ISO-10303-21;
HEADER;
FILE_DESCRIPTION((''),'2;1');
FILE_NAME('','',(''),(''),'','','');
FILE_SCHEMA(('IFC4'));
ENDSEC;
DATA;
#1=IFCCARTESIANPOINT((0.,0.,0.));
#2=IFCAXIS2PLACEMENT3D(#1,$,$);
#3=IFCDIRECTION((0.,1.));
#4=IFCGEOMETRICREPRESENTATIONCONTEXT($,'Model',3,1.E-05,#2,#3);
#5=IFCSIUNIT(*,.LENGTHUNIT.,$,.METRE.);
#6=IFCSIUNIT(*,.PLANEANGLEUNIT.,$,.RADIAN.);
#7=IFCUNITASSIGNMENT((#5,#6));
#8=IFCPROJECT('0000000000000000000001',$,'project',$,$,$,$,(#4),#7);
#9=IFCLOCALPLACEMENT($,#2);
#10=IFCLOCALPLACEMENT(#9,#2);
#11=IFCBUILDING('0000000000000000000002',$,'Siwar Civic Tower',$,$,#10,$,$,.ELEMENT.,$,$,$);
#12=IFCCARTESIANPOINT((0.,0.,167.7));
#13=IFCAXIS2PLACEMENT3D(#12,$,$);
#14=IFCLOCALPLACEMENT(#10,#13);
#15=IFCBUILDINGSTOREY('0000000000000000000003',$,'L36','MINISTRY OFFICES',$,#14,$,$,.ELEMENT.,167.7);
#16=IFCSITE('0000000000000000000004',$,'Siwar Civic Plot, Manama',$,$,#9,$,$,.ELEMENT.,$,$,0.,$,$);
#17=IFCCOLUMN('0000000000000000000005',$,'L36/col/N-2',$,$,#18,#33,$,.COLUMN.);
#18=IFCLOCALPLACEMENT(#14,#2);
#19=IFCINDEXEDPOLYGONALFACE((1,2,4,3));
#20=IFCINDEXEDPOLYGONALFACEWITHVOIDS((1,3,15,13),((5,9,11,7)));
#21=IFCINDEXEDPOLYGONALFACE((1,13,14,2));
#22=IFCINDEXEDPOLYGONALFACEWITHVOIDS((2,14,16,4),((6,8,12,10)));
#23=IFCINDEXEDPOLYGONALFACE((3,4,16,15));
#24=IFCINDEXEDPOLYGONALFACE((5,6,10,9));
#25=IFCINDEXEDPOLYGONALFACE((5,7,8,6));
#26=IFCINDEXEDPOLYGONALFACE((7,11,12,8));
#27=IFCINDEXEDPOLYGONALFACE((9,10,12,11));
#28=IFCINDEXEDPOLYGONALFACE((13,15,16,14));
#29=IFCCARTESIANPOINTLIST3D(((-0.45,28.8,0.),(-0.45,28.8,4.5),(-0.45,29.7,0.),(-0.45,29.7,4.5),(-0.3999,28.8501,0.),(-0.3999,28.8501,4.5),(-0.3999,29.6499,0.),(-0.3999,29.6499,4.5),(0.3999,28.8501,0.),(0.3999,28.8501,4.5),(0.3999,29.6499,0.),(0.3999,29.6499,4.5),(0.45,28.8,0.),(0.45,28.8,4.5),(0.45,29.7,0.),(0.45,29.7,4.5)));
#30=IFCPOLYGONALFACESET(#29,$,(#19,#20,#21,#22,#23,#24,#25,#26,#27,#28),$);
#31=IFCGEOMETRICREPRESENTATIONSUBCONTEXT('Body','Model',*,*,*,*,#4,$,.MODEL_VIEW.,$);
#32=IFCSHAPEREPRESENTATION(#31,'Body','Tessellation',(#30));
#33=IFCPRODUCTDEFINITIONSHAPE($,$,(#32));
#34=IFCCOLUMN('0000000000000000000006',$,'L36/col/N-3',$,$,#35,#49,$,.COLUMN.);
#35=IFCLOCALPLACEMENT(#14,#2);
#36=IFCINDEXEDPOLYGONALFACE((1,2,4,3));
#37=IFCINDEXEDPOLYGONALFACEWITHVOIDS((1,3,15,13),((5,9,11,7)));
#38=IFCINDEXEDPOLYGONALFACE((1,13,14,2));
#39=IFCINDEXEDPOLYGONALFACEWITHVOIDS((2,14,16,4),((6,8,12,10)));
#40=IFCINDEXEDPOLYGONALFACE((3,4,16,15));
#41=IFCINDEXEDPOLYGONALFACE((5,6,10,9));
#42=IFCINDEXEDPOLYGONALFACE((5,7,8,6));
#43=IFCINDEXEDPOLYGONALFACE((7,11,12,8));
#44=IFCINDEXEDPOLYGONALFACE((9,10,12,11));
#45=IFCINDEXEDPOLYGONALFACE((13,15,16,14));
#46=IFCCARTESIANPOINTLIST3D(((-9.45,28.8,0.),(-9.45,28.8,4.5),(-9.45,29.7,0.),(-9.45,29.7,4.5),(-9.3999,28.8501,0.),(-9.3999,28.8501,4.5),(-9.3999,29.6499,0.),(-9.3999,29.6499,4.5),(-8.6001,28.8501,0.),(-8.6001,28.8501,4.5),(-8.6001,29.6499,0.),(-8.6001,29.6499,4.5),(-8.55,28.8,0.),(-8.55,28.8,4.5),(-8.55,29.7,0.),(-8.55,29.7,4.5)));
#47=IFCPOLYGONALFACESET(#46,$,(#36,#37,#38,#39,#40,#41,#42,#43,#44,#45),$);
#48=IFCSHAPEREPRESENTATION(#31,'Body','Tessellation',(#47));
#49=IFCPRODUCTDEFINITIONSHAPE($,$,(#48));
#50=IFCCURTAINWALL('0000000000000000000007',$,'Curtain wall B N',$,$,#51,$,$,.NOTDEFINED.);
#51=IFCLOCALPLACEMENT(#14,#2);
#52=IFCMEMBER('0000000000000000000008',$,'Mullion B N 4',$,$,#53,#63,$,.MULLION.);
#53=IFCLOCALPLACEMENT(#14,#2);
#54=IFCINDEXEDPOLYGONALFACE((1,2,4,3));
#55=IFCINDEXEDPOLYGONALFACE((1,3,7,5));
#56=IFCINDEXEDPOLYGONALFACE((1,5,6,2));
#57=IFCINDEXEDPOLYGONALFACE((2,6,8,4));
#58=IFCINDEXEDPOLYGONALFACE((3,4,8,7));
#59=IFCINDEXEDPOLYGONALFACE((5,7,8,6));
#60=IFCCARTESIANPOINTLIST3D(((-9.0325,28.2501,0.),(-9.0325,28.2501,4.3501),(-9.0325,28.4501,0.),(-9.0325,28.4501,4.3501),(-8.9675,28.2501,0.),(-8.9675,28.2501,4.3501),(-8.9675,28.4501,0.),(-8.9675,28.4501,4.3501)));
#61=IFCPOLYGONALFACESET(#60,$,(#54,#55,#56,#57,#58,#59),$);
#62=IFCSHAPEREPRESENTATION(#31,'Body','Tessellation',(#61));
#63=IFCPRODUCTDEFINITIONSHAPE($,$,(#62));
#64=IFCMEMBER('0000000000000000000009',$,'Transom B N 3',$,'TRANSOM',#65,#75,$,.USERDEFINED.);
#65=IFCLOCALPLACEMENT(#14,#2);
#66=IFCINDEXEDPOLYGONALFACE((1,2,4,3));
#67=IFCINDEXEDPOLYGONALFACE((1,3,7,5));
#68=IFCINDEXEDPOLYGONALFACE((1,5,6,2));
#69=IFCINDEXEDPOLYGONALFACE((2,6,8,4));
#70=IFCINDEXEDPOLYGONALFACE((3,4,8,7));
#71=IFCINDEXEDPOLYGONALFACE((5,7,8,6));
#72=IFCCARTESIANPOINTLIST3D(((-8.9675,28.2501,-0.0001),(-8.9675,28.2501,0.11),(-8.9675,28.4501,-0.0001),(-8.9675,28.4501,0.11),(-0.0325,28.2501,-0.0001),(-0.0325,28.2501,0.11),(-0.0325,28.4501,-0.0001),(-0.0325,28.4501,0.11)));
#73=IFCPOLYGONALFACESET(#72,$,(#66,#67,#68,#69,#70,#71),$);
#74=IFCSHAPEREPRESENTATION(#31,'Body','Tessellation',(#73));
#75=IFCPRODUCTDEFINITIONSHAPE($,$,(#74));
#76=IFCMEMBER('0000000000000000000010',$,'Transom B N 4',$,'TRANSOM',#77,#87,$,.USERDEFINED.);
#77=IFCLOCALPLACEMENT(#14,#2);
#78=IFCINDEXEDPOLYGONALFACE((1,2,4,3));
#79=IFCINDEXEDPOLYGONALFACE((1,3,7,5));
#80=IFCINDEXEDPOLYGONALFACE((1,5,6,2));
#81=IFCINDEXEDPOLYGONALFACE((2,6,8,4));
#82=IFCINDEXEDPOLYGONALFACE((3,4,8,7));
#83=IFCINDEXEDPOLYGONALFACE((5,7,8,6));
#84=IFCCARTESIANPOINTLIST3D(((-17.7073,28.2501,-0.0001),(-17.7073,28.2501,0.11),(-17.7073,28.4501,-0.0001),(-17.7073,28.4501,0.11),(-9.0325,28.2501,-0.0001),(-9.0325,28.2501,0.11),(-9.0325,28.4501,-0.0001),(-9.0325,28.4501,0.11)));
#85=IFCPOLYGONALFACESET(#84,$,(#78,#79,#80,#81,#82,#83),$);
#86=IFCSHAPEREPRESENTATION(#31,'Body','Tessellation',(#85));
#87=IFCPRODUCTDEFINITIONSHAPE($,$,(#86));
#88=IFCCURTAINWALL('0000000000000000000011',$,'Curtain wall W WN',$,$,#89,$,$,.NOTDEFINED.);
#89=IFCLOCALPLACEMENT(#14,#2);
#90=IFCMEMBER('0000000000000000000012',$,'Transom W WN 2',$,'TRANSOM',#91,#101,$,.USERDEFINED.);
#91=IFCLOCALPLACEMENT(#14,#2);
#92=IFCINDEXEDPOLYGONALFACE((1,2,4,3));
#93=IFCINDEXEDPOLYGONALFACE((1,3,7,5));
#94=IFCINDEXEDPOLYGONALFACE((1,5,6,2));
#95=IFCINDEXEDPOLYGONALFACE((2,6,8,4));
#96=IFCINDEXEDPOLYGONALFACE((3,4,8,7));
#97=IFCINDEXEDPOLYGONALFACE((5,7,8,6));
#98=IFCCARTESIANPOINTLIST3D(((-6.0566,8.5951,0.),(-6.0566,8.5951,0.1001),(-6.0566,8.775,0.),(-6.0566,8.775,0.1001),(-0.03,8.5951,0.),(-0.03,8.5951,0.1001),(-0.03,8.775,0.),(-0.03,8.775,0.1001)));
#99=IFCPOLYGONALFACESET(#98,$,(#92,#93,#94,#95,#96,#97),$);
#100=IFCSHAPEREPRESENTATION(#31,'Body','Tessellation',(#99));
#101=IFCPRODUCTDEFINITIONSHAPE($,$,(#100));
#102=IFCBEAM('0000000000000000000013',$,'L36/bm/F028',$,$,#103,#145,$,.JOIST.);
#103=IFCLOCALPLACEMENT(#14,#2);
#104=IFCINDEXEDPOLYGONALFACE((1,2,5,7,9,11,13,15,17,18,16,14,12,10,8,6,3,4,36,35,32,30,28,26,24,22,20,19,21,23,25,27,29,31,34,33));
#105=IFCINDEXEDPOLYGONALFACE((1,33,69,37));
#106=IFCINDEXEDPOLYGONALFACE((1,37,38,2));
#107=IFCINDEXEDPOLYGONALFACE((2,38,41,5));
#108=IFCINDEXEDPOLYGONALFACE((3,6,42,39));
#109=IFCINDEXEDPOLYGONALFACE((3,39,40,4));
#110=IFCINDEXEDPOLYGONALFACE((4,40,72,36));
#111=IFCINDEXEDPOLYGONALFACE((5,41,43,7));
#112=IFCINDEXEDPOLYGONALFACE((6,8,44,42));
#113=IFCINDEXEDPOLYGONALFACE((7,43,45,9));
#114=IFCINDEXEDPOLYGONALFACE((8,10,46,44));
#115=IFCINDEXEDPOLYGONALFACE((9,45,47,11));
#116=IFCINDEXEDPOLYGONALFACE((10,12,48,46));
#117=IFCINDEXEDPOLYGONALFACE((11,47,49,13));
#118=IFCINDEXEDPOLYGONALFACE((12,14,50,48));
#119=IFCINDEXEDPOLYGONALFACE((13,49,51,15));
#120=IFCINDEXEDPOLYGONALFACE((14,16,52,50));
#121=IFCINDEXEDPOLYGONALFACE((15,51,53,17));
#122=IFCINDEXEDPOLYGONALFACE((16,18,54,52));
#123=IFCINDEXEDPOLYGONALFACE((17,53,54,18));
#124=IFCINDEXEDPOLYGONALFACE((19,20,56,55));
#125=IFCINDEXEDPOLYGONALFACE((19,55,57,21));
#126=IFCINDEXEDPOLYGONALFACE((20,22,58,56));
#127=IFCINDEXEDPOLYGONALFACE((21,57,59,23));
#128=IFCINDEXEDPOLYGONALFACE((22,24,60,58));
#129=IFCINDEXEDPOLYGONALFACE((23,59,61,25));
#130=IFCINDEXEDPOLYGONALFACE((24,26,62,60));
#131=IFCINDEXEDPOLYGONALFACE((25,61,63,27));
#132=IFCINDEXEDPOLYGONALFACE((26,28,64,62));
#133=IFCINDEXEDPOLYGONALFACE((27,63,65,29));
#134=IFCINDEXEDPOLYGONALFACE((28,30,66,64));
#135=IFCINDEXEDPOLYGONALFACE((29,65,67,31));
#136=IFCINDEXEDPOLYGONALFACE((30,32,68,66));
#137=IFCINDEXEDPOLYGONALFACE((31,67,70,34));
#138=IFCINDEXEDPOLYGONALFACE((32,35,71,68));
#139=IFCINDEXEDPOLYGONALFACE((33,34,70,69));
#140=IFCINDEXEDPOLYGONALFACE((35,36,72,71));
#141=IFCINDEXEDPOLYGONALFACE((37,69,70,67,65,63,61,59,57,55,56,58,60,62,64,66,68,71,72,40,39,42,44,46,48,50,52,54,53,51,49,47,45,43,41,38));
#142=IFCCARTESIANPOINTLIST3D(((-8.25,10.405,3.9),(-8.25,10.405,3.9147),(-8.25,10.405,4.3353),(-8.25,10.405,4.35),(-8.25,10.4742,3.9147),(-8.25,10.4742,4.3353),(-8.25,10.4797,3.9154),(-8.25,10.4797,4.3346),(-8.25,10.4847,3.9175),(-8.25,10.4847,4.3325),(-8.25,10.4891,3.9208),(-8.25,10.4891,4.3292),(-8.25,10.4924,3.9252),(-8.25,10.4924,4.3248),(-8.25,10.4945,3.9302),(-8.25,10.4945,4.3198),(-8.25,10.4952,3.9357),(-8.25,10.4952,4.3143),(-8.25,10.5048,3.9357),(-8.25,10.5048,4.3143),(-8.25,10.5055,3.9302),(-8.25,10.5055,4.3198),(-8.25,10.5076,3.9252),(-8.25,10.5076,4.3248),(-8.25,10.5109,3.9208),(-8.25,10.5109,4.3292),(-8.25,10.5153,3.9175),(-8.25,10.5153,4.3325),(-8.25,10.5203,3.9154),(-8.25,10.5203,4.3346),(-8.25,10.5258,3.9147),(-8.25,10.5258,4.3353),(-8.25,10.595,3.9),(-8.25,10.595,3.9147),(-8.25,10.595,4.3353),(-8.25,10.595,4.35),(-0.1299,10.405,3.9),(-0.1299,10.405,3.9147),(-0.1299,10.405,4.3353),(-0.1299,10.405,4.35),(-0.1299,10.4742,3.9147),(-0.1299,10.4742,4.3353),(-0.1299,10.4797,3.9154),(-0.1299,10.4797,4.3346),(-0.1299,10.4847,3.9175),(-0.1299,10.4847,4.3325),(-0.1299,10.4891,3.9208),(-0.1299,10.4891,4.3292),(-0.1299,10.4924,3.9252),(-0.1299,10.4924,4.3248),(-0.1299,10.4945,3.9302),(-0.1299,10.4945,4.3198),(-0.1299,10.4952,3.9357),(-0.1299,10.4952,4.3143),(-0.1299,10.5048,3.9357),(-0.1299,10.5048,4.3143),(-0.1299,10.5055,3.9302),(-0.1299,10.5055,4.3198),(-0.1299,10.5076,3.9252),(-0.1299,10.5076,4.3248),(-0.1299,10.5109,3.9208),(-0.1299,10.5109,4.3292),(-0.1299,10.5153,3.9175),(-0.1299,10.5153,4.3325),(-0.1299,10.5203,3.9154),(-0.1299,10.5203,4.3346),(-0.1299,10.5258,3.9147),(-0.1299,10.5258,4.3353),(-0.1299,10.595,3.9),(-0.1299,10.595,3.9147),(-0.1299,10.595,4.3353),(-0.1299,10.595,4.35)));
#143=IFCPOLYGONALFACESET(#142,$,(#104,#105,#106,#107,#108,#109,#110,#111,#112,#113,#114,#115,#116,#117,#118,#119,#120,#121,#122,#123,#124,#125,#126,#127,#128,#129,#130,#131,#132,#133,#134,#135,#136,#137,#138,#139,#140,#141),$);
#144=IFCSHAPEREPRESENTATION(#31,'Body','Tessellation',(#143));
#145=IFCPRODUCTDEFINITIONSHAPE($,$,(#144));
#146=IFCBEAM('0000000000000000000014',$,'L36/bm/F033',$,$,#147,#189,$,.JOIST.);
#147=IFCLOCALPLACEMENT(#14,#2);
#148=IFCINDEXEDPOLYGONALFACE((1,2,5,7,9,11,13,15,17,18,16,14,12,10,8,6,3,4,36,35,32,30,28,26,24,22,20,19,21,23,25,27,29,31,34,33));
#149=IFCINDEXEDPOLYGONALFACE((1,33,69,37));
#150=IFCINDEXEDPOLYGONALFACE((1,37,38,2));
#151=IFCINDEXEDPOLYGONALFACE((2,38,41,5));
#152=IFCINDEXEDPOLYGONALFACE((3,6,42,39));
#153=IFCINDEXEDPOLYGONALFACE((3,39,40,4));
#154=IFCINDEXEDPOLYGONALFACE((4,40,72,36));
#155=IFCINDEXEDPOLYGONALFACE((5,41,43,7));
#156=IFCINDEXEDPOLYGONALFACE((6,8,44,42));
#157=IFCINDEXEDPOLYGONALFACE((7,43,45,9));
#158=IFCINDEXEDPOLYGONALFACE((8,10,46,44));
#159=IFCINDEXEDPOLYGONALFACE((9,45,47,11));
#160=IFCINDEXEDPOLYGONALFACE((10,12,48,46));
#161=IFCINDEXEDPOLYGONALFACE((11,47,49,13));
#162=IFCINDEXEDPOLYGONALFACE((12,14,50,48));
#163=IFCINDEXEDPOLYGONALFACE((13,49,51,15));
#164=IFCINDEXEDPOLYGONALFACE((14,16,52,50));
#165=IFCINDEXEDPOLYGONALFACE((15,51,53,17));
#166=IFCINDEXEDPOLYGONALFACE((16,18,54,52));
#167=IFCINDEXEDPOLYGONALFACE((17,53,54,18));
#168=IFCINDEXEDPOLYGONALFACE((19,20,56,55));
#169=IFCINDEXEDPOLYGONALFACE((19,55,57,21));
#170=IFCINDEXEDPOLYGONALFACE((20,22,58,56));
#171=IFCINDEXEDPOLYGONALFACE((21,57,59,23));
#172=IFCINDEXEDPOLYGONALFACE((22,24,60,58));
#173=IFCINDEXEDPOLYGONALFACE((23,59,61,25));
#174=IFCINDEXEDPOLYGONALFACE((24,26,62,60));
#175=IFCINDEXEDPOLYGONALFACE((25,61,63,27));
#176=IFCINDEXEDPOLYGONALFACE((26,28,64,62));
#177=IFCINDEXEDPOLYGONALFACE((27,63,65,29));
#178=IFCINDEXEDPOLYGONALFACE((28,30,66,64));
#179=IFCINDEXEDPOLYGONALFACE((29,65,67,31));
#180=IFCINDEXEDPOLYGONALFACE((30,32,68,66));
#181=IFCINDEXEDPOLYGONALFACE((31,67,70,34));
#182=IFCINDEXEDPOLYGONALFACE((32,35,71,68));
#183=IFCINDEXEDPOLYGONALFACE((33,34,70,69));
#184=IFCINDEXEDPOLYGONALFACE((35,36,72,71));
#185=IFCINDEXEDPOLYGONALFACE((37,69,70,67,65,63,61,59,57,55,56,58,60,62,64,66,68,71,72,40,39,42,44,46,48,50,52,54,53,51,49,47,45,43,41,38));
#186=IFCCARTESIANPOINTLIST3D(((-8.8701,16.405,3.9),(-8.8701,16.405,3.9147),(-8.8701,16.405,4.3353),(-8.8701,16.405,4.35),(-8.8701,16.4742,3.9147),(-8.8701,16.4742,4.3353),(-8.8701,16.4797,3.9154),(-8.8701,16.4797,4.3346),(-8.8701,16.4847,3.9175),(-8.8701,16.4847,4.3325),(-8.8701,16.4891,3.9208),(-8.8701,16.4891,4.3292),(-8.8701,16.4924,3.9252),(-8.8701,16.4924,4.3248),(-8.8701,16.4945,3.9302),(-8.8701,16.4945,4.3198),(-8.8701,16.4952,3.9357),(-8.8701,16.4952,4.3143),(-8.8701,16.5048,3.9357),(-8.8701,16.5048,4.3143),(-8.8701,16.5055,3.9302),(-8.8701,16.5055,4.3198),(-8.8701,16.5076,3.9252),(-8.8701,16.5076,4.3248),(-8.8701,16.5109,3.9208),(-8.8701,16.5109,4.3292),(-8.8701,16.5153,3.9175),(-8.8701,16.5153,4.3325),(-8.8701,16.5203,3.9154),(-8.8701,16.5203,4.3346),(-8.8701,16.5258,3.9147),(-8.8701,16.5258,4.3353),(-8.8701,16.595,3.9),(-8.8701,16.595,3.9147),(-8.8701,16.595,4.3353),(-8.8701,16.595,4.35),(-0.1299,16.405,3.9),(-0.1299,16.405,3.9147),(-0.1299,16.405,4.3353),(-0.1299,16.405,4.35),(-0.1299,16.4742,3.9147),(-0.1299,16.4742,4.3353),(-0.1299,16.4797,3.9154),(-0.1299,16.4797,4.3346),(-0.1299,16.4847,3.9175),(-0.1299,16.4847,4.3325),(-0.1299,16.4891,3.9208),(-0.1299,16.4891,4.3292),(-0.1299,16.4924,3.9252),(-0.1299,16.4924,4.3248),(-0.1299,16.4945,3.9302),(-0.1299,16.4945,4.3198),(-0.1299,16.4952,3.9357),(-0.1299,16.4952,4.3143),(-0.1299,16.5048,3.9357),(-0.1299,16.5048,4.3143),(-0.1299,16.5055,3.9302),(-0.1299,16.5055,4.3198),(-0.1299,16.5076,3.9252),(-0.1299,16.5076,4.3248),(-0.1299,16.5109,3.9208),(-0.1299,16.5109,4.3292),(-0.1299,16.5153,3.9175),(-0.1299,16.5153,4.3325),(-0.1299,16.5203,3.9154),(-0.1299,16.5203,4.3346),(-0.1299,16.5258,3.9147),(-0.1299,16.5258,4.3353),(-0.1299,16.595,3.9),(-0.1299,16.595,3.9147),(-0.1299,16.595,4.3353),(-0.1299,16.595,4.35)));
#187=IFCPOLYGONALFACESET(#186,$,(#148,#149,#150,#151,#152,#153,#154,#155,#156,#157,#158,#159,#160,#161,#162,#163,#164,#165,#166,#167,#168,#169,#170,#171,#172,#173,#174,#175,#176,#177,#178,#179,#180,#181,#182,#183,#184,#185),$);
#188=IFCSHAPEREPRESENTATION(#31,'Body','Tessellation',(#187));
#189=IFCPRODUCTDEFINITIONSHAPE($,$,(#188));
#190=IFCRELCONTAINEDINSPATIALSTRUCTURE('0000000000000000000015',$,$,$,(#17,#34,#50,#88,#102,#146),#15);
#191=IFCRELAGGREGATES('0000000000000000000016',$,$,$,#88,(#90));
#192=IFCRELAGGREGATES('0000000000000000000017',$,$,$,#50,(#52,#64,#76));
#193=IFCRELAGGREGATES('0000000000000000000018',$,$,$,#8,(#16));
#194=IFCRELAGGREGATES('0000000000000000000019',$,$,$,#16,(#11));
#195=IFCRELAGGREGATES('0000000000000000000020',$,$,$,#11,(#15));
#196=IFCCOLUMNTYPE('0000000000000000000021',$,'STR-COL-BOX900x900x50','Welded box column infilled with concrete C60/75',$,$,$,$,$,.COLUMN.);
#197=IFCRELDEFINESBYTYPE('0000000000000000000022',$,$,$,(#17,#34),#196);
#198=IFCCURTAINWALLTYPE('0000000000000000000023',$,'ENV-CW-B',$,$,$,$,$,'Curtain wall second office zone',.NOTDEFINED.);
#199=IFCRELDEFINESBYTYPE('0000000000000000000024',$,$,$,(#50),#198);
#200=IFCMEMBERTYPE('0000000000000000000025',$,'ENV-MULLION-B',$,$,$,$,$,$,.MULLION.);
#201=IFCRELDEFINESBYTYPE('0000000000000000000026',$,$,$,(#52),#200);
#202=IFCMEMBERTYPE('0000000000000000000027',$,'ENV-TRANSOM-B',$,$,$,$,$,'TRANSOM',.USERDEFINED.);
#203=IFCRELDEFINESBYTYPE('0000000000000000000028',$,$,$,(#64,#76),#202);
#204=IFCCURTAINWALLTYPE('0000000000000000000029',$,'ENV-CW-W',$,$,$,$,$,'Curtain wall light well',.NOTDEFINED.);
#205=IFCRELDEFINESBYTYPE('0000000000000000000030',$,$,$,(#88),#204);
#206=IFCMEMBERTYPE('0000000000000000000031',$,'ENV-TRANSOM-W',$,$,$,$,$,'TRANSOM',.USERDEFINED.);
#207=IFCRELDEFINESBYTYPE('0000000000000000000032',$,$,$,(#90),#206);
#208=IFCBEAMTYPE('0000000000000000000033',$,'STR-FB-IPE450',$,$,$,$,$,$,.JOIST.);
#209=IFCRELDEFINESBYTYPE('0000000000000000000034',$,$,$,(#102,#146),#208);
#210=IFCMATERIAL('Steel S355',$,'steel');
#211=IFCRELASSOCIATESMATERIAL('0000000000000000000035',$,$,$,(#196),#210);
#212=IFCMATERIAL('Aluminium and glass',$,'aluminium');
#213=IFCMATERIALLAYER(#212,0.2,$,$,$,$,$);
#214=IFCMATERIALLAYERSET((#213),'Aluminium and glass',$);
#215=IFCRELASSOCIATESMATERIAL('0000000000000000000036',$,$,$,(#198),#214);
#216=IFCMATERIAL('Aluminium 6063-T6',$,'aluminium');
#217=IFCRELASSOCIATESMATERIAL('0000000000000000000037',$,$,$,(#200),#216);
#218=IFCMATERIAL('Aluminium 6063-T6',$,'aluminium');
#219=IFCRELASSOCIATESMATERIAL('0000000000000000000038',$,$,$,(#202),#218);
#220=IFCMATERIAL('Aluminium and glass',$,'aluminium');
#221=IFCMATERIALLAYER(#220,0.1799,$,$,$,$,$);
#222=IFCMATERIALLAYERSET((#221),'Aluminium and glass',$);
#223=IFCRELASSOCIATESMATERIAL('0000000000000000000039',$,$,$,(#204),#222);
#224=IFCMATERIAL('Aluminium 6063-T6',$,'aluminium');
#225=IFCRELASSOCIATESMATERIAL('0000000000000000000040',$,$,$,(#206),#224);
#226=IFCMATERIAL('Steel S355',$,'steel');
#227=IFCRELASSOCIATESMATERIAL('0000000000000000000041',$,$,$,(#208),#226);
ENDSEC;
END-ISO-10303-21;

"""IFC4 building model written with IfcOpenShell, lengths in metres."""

from ifc_helpers import new_model, si_unit, direction, frame, origin, origin_2d, place, context, subcontext, project, spatial, rectangle, hollow_rectangle, i_section, extrude, material, layer, layer_set, material_profile, profile_set, type_object, element, aggregate, save


model = new_model("IFC4")

# Units and contexts
model_context = context("Model", 3, precision=1e-05, world=origin(), true_north=direction((0.0, 1.0)))
body_context = subcontext(model_context, "Body", "Model", "MODEL_VIEW")
ifc_project = project(units=[si_unit("LENGTHUNIT", "METRE"), si_unit("PLANEANGLEUNIT", "RADIAN")], contexts=[model_context])

# Site, building, storey
site_placement = place(None, origin())
site = spatial("IfcSite", under=ifc_project, at=site_placement, Name="Siwar Civic Plot, Manama", CompositionType="ELEMENT", RefElevation=0.0)
building_placement = place(site_placement, origin())
building = spatial("IfcBuilding", under=site, at=building_placement, Name="Siwar Civic Tower", CompositionType="ELEMENT")
storey_placement = place(building_placement, frame((0.0, 0.0, 167.7)))
storey = spatial("IfcBuildingStorey", under=building, at=storey_placement, Name="L36", Description="MINISTRY OFFICES", CompositionType="ELEMENT", Elevation=167.7)

# Columns
ifc_material_1 = material(Name="Steel S355", Category="steel")
ifc_material_profile_1 = material_profile(ifc_material_1, hollow_rectangle(XDim=0.8999, YDim=0.8999, WallThickness=0.05, at=origin_2d()), Name="BOX900x900x50")
ifc_profile_set_1 = profile_set([ifc_material_profile_1], Name="Steel S355")
column_type = type_object("IfcColumnType", Name="STR-COL-BOX900x900x50", Description="Welded box column infilled with concrete C60/75", PredefinedType="COLUMN", material=ifc_profile_set_1)
for number, where, z_axis, x_axis, name in (
    (1, (0.0, 29.25, 0.0), (0.0, 0.0, 1.0), (1.0, 0.0, 0.0), "L36/col/N-2"),
    (2, (-9.0, 29.25, 0.0), (0.0, 0.0, 1.0), (1.0, 0.0, 0.0), "L36/col/N-3"),
):
    element("IfcColumn", number, at=place(storey_placement, frame(where, z_axis=z_axis, x_axis=x_axis)), inside=storey, type_object=column_type, Name=name, PredefinedType="COLUMN", context=body_context, shape_type="SweptSolid", body=[
        extrude(hollow_rectangle(XDim=0.8999, YDim=0.8999, WallThickness=0.05, at=origin_2d()), origin(), (0.0, 0.0, 1.0), 4.5),
    ])

# Curtain wall, members
ifc_material_2 = material(Name="Aluminium and glass", Category="aluminium")
ifc_layer_1 = layer(ifc_material_2, 0.2)
ifc_layer_set_1 = layer_set([ifc_layer_1], Name="Aluminium and glass")
curtain_wall_type_1 = type_object("IfcCurtainWallType", Name="ENV-CW-B", ElementType="Curtain wall second office zone", PredefinedType="NOTDEFINED", material=ifc_layer_set_1)
curtain_wall_1_placement = place(storey_placement, origin())
curtain_wall_1 = element("IfcCurtainWall", 3, at=curtain_wall_1_placement, inside=storey, type_object=curtain_wall_type_1, Name="Curtain wall B N", PredefinedType="NOTDEFINED")
ifc_material_3 = material(Name="Aluminium 6063-T6", Category="aluminium")
ifc_material_profile_2 = material_profile(ifc_material_3, rectangle(XDim=0.2, YDim=0.0649, at=origin_2d()), Name="AL 200x65")
ifc_profile_set_2 = profile_set([ifc_material_profile_2], Name="Aluminium 6063-T6")
member_type_1 = type_object("IfcMemberType", Name="ENV-MULLION-B", PredefinedType="MULLION", material=ifc_profile_set_2)
member_1_placement = place(storey_placement, frame((-9.0, 28.3501, 0.0), z_axis=(0.0, 0.0, 1.0), x_axis=(0.0, -1.0, 0.0)))
member_1 = element("IfcMember", 4, at=member_1_placement, type_object=member_type_1, Name="Mullion B N 4", PredefinedType="MULLION", context=body_context, shape_type="SweptSolid", body=[
    extrude(rectangle(XDim=0.2, YDim=0.0649, at=origin_2d()), origin(), (0.0, 0.0, 1.0), 4.3501),
])
ifc_material_4 = material(Name="Aluminium 6063-T6", Category="aluminium")
ifc_material_profile_3 = material_profile(ifc_material_4, rectangle(XDim=0.2, YDim=0.1101, at=origin_2d()), Name="AL 200x110")
ifc_profile_set_3 = profile_set([ifc_material_profile_3], Name="Aluminium 6063-T6")
member_type_2 = type_object("IfcMemberType", Name="ENV-TRANSOM-B", ElementType="TRANSOM", PredefinedType="USERDEFINED", material=ifc_profile_set_3)
member_2_placement = place(storey_placement, frame((-0.0325, 28.3501, 0.0549), z_axis=(-1.0, 0.0, 0.0), x_axis=(0.0, -1.0, 0.0)))
member_2 = element("IfcMember", 5, at=member_2_placement, type_object=member_type_2, Name="Transom B N 3", ObjectType="TRANSOM", PredefinedType="USERDEFINED", context=body_context, shape_type="SweptSolid", body=[
    extrude(rectangle(XDim=0.2, YDim=0.1101, at=origin_2d()), origin(), (0.0, 0.0, 1.0), 8.9351),
])
member_3_placement = place(storey_placement, frame((-9.0325, 28.3501, 0.0549), z_axis=(-1.0, 0.0, 0.0), x_axis=(0.0, -1.0, 0.0)))
member_3 = element("IfcMember", 6, at=member_3_placement, type_object=member_type_2, Name="Transom B N 4", ObjectType="TRANSOM", PredefinedType="USERDEFINED", context=body_context, shape_type="SweptSolid", body=[
    extrude(rectangle(XDim=0.2, YDim=0.1101, at=origin_2d()), origin(), (0.0, 0.0, 1.0), 8.6748),
])

# Curtain wall, member
ifc_material_5 = material(Name="Aluminium and glass", Category="aluminium")
ifc_layer_2 = layer(ifc_material_5, 0.1799)
ifc_layer_set_2 = layer_set([ifc_layer_2], Name="Aluminium and glass")
curtain_wall_type_2 = type_object("IfcCurtainWallType", Name="ENV-CW-W", ElementType="Curtain wall light well", PredefinedType="NOTDEFINED", material=ifc_layer_set_2)
curtain_wall_2_placement = place(storey_placement, origin())
curtain_wall_2 = element("IfcCurtainWall", 7, at=curtain_wall_2_placement, inside=storey, type_object=curtain_wall_type_2, Name="Curtain wall W WN", PredefinedType="NOTDEFINED")
ifc_material_6 = material(Name="Aluminium 6063-T6", Category="aluminium")
ifc_material_profile_4 = material_profile(ifc_material_6, rectangle(XDim=0.1799, YDim=0.1001, at=origin_2d()), Name="AL 180x100")
ifc_profile_set_4 = profile_set([ifc_material_profile_4], Name="Aluminium 6063-T6")
member_type_3 = type_object("IfcMemberType", Name="ENV-TRANSOM-W", ElementType="TRANSOM", PredefinedType="USERDEFINED", material=ifc_profile_set_4)
member_4_placement = place(storey_placement, frame((-0.03, 8.6851, 0.05), z_axis=(-1.0, 0.0, 0.0), x_axis=(0.0, -1.0, 0.0)))
member_4 = element("IfcMember", 8, at=member_4_placement, type_object=member_type_3, Name="Transom W WN 2", ObjectType="TRANSOM", PredefinedType="USERDEFINED", context=body_context, shape_type="SweptSolid", body=[
    extrude(rectangle(XDim=0.1799, YDim=0.1001, at=origin_2d()), origin(), (0.0, 0.0, 1.0), 6.0266),
])
aggregate(curtain_wall_2, [member_4])

# Beams
ifc_material_7 = material(Name="Steel S355", Category="steel")
ifc_material_profile_5 = material_profile(ifc_material_7, i_section(OverallWidth=0.1899, OverallDepth=0.45, WebThickness=0.0095, FlangeThickness=0.0146, FilletRadius=0.021, at=origin_2d()), Name="IPE450")
ifc_profile_set_5 = profile_set([ifc_material_profile_5], Name="Steel S355")
beam_type_1 = type_object("IfcBeamType", Name="STR-FB-IPE450", PredefinedType="JOIST", material=ifc_profile_set_5)
beam_1_placement = place(storey_placement, frame((-8.25, 10.5, 4.125), z_axis=(1.0, 0.0, 0.0), x_axis=(0.0, 1.0, 0.0)))
element("IfcBeam", 9, at=beam_1_placement, inside=storey, type_object=beam_type_1, Name="L36/bm/F028", PredefinedType="JOIST", context=body_context, shape_type="SweptSolid", body=[
    extrude(i_section(OverallWidth=0.1899, OverallDepth=0.45, WebThickness=0.0095, FlangeThickness=0.0146, FilletRadius=0.021, at=origin_2d()), origin(), (0.0, 0.0, 1.0), 8.1201),
])
for number, where, z_axis, x_axis, name in (
    (10, (-8.8701, 16.5, 4.125), (1.0, 0.0, 0.0), (0.0, 1.0, 0.0), "L36/bm/F033"),
):
    element("IfcBeam", number, at=place(storey_placement, frame(where, z_axis=z_axis, x_axis=x_axis)), inside=storey, type_object=beam_type_1, Name=name, PredefinedType="JOIST", context=body_context, shape_type="SweptSolid", body=[
        extrude(i_section(OverallWidth=0.1899, OverallDepth=0.45, WebThickness=0.0095, FlangeThickness=0.0146, FilletRadius=0.021, at=origin_2d()), origin(), (0.0, 0.0, 1.0), 8.7402),
    ])

aggregate(curtain_wall_1, [member_1, member_2, member_3])

save(model, "model.ifc")
